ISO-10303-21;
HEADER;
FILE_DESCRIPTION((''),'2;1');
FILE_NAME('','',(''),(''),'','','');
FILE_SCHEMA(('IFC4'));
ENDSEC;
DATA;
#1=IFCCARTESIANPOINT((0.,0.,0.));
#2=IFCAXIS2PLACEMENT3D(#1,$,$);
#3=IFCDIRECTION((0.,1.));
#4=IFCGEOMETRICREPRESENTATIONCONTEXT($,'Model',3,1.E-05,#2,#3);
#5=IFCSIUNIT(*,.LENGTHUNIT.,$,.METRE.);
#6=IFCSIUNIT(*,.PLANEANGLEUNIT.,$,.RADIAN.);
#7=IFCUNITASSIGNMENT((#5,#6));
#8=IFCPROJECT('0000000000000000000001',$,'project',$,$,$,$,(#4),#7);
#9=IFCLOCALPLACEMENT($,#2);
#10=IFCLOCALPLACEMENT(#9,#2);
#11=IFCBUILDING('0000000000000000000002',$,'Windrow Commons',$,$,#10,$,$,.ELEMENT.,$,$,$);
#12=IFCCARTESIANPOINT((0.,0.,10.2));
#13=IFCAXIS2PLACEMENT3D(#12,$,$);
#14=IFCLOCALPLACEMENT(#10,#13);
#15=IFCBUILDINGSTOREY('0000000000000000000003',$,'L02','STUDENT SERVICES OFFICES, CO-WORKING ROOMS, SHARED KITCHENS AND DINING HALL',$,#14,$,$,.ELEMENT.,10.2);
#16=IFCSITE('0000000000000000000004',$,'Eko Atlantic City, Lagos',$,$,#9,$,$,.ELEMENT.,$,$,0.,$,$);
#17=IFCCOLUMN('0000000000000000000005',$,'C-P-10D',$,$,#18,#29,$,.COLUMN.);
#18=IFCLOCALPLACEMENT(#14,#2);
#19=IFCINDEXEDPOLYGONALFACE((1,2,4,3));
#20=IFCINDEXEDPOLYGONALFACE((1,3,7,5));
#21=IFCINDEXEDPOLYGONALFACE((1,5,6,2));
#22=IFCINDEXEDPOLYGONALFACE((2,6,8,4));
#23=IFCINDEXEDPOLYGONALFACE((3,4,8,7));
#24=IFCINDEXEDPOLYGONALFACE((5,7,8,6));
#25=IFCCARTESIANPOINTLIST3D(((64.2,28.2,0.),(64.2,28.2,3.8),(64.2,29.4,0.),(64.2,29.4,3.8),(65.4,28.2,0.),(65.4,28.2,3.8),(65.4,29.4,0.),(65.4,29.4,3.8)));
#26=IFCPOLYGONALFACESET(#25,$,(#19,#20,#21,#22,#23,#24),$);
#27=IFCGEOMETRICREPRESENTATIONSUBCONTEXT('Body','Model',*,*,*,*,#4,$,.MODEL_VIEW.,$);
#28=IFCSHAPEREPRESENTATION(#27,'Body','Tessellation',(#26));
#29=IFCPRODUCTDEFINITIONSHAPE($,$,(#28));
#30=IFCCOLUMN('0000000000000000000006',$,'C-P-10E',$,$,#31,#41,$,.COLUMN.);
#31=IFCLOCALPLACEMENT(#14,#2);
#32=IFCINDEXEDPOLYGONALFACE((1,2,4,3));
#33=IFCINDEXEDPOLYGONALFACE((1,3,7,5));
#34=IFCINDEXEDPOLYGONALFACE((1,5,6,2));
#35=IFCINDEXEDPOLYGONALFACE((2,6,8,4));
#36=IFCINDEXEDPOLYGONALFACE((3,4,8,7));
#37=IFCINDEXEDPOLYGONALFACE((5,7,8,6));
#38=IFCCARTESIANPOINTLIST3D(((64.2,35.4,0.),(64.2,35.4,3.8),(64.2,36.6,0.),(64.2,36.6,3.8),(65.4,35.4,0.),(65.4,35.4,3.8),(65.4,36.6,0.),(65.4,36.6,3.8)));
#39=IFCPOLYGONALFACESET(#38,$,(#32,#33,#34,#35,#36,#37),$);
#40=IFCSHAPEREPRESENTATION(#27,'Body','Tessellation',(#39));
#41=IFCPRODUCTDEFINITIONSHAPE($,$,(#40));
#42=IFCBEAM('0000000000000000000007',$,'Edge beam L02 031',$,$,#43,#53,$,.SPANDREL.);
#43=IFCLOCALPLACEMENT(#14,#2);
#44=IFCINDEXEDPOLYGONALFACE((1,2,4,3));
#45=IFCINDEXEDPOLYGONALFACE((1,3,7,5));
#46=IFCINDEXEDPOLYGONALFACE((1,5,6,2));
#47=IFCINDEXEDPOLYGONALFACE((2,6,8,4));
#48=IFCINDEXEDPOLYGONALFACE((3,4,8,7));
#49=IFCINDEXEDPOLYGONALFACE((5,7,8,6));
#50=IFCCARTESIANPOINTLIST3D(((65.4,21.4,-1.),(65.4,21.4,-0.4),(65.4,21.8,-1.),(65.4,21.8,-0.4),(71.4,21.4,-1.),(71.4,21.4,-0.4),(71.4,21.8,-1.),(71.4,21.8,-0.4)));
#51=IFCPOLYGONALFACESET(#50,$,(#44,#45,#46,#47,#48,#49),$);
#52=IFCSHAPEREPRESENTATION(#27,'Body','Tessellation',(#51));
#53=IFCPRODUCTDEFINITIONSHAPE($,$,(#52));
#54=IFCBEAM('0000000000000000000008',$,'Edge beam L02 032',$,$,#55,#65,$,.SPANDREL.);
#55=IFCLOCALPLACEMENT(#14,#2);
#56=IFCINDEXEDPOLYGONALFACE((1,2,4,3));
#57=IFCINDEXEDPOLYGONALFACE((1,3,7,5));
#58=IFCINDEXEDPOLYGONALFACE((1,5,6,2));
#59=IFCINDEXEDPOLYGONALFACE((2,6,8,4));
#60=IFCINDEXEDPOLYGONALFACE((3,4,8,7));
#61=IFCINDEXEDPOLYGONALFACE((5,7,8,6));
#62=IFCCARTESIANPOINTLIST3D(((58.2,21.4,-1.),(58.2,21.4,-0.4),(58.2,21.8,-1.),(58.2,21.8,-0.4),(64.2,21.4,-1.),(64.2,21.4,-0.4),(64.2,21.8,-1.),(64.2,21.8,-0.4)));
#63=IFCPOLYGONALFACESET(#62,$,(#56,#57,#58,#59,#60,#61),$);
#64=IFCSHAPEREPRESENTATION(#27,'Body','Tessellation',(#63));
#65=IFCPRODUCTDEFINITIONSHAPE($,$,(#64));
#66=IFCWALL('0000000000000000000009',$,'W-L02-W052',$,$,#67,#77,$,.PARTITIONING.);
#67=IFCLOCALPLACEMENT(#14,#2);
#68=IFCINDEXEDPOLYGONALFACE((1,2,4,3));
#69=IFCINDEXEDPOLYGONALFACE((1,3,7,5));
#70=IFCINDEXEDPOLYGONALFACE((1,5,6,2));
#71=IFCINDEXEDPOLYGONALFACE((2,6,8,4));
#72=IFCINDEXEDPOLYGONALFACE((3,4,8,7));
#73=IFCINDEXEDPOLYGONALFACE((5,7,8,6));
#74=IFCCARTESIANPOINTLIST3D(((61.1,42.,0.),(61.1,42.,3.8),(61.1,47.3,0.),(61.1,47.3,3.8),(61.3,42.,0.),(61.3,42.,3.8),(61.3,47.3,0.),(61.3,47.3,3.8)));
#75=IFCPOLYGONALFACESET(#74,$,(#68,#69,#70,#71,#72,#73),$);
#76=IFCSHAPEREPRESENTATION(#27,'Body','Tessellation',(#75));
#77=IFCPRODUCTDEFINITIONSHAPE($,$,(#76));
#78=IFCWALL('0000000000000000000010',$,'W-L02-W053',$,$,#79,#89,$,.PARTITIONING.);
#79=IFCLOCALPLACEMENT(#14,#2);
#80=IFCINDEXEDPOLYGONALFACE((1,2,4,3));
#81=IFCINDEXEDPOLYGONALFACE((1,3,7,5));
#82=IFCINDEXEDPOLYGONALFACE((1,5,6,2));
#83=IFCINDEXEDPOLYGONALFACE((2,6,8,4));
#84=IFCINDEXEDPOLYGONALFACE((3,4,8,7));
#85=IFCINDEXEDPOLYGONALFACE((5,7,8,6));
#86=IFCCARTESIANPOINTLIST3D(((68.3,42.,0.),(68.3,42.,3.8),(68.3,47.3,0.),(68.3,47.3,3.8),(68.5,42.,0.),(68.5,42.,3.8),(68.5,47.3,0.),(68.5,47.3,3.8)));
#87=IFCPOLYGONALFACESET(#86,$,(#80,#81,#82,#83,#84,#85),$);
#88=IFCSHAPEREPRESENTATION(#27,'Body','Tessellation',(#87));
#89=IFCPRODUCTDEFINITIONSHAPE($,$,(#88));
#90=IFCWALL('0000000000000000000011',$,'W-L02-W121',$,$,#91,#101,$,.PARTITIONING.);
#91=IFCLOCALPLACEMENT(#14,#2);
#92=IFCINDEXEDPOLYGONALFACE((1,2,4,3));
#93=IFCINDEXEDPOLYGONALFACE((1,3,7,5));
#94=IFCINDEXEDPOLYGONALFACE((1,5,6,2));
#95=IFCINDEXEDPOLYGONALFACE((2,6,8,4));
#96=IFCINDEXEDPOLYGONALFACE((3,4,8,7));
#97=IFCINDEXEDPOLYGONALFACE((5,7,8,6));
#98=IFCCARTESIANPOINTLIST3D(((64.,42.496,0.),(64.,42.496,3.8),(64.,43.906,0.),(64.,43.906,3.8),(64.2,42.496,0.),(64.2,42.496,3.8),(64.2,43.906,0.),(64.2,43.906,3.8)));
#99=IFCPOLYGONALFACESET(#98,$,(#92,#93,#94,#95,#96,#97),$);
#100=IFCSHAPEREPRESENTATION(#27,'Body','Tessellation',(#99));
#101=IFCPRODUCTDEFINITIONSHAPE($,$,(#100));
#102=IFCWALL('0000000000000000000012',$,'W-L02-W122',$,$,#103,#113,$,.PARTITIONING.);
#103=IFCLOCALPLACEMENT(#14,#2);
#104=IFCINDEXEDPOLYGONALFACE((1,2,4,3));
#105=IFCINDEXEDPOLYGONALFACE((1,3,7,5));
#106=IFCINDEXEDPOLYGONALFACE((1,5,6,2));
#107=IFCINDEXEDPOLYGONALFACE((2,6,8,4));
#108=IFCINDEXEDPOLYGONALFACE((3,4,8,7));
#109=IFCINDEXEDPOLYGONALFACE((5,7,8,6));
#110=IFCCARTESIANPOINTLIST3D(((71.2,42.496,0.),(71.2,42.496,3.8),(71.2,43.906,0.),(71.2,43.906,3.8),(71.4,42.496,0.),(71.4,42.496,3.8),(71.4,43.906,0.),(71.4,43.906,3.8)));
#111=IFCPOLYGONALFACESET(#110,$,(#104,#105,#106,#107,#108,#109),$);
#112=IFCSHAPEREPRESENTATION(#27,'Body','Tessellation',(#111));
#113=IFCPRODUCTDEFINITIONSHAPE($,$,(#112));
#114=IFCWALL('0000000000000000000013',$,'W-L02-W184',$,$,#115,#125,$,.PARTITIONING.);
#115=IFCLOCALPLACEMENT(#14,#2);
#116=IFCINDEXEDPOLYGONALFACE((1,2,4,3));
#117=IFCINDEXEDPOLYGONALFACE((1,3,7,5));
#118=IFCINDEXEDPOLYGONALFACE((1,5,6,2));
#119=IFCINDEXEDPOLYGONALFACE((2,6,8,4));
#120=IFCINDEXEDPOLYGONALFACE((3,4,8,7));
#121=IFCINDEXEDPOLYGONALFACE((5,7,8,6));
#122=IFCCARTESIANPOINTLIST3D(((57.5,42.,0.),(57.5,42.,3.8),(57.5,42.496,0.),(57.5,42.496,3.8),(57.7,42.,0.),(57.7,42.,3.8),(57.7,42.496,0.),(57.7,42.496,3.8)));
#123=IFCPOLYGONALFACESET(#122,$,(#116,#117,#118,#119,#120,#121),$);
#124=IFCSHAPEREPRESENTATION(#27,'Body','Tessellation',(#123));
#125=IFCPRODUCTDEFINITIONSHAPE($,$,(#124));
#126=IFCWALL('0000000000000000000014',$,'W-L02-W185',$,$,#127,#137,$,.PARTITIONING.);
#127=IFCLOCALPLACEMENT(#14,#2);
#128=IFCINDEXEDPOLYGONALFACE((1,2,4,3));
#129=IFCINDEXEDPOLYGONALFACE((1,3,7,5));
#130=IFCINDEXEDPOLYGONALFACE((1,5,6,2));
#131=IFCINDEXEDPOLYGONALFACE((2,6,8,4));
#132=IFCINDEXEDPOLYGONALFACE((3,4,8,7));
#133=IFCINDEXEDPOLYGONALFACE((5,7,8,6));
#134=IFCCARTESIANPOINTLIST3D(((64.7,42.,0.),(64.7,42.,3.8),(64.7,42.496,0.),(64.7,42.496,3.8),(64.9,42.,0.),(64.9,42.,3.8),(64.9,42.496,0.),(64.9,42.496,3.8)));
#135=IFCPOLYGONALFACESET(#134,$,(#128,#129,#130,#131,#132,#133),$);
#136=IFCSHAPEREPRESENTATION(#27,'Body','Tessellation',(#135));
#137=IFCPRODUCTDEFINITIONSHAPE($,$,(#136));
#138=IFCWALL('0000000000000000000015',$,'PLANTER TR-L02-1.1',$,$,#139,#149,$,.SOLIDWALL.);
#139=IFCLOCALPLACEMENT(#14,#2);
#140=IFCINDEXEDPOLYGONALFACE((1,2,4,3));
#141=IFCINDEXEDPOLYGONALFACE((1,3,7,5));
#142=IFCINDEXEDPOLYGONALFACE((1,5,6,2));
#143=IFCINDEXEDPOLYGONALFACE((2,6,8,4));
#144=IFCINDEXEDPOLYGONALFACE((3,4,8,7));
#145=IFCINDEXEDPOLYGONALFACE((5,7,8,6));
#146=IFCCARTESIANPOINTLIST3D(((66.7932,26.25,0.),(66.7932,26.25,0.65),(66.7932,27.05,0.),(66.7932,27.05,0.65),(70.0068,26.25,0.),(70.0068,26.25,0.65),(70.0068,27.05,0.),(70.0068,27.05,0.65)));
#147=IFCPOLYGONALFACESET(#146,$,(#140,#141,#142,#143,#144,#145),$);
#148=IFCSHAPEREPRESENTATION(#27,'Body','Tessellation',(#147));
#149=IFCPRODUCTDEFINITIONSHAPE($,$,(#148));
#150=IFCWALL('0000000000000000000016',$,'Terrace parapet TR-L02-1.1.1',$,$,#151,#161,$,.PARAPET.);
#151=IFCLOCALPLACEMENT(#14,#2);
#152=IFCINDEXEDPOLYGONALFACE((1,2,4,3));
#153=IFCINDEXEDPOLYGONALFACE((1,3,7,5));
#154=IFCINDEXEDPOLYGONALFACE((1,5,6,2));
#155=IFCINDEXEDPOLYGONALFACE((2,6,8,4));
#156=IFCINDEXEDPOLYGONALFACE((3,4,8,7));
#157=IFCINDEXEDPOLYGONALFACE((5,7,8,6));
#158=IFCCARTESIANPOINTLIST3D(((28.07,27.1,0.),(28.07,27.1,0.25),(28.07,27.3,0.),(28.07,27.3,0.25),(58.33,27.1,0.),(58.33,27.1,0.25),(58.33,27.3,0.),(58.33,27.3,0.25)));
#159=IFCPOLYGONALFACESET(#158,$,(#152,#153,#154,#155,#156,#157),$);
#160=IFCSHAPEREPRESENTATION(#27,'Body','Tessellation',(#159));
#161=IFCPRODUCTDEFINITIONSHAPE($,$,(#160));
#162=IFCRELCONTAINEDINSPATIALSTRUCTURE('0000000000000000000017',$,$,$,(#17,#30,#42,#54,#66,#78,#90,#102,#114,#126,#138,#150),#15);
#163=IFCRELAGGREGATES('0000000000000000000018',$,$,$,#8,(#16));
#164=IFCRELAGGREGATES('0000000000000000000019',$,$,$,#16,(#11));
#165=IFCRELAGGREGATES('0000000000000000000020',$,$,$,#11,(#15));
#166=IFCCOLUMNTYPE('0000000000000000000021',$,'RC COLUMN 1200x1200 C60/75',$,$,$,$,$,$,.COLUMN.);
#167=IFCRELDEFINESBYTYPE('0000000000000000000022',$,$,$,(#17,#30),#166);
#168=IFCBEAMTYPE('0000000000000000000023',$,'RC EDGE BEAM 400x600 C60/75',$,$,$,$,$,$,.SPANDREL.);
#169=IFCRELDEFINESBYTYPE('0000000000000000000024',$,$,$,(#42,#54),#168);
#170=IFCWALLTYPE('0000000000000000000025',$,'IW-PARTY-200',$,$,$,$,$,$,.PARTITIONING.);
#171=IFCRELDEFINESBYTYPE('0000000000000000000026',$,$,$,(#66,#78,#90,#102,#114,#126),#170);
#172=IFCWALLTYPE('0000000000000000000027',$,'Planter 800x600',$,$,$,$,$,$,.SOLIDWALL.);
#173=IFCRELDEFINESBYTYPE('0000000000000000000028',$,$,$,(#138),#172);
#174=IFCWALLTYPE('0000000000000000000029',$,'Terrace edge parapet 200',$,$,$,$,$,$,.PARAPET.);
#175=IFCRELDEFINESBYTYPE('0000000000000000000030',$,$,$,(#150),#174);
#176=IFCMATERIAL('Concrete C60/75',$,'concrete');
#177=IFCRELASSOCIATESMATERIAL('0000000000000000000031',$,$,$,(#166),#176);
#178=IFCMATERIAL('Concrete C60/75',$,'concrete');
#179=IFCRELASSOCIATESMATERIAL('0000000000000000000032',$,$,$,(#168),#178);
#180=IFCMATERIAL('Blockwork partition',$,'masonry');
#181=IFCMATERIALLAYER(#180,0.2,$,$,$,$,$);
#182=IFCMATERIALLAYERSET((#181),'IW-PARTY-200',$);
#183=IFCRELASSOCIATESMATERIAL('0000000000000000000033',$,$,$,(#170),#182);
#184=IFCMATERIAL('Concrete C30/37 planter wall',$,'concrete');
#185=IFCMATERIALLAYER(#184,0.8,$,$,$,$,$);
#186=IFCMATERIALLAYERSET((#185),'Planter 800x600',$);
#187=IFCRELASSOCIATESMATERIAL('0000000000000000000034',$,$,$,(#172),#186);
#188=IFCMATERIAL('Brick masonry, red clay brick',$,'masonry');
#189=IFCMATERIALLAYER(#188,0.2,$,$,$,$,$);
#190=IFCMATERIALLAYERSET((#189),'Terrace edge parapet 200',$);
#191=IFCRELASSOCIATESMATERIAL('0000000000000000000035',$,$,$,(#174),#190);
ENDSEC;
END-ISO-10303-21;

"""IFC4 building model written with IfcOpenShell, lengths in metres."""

from ifc_helpers import new_model, si_unit, direction, frame, frame_2d, origin, origin_2d, place, context, subcontext, project, spatial, polyline, rectangle, outline, extrude, material, layer, layer_set, material_profile, profile_set, type_object, element, save


model = new_model("IFC4")

# Units and contexts
model_context = context("Model", 3, precision=1e-05, world=origin(), true_north=direction((0.0, 1.0)))
body_context = subcontext(model_context, "Body", "Model", "MODEL_VIEW")
ifc_project = project(units=[si_unit("LENGTHUNIT", "METRE"), si_unit("PLANEANGLEUNIT", "RADIAN")], contexts=[model_context])

# Site, building, storey
site_placement = place(None, origin())
site = spatial("IfcSite", under=ifc_project, at=site_placement, Name="Eko Atlantic City, Lagos", CompositionType="ELEMENT", RefElevation=0.0)
building_placement = place(site_placement, origin())
building = spatial("IfcBuilding", under=site, at=building_placement, Name="Windrow Commons", CompositionType="ELEMENT")
storey_placement = place(building_placement, frame((0.0, 0.0, 10.2)))
storey = spatial("IfcBuildingStorey", under=building, at=storey_placement, Name="L02", Description="STUDENT SERVICES OFFICES, CO-WORKING ROOMS, SHARED KITCHENS AND DINING HALL", CompositionType="ELEMENT", Elevation=10.2)

# Columns
ifc_material_1 = material(Name="Concrete C60/75", Category="concrete")
ifc_material_profile_1 = material_profile(ifc_material_1, rectangle(XDim=1.2, YDim=1.2, at=origin_2d()))
ifc_profile_set_1 = profile_set([ifc_material_profile_1], Name="Concrete C60/75")
column_type = type_object("IfcColumnType", Name="RC COLUMN 1200x1200 C60/75", PredefinedType="COLUMN", material=ifc_profile_set_1)
for number, where, z_axis, x_axis, name in (
    (1, (64.8, 28.8, 0.0), (0.0, 0.0, 1.0), (1.0, 0.0, 0.0), "C-P-10D"),
    (2, (64.8, 36.0, 0.0), (0.0, 0.0, 1.0), (1.0, 0.0, 0.0), "C-P-10E"),
):
    element("IfcColumn", number, at=place(storey_placement, frame(where, z_axis=z_axis, x_axis=x_axis)), inside=storey, type_object=column_type, Name=name, PredefinedType="COLUMN", context=body_context, shape_type="SweptSolid", body=[
        extrude(rectangle(XDim=1.2, YDim=1.2, at=origin_2d()), origin(), (0.0, 0.0, 1.0), 3.8),
    ])

# Beams
ifc_material_2 = material(Name="Concrete C60/75", Category="concrete")
ifc_material_profile_2 = material_profile(ifc_material_2, rectangle(XDim=0.4, YDim=0.6, at=origin_2d()))
ifc_profile_set_2 = profile_set([ifc_material_profile_2], Name="Concrete C60/75")
beam_type = type_object("IfcBeamType", Name="RC EDGE BEAM 400x600 C60/75", PredefinedType="SPANDREL", material=ifc_profile_set_2)
for number, where, z_axis, x_axis, name in (
    (3, (71.4, 21.6, -0.7), (-1.0, 0.0, 0.0), (0.0, -1.0, 0.0), "Edge beam L02 031"),
    (4, (64.2, 21.6, -0.7), (-1.0, 0.0, 0.0), (0.0, -1.0, 0.0), "Edge beam L02 032"),
):
    element("IfcBeam", number, at=place(storey_placement, frame(where, z_axis=z_axis, x_axis=x_axis)), inside=storey, type_object=beam_type, Name=name, PredefinedType="SPANDREL", context=body_context, shape_type="SweptSolid", body=[
        extrude(rectangle(XDim=0.4, YDim=0.6, at=origin_2d()), origin(), (0.0, 0.0, 1.0), 6.0),
    ])

# Walls
ifc_material_3 = material(Name="Blockwork partition", Category="masonry")
ifc_layer_1 = layer(ifc_material_3, 0.2)
ifc_layer_set_1 = layer_set([ifc_layer_1], Name="IW-PARTY-200")
wall_type_1 = type_object("IfcWallType", Name="IW-PARTY-200", PredefinedType="PARTITIONING", material=ifc_layer_set_1)
for number, where, z_axis, x_axis, name in (
    (5, (61.2, 42.0, 0.0), (0.0, 0.0, 1.0), (0.0, 1.0, 0.0), "W-L02-W052"),
    (6, (68.4, 42.0, 0.0), (0.0, 0.0, 1.0), (0.0, 1.0, 0.0), "W-L02-W053"),
):
    element("IfcWall", number, at=place(storey_placement, frame(where, z_axis=z_axis, x_axis=x_axis)), inside=storey, type_object=wall_type_1, Name=name, PredefinedType="PARTITIONING", context=body_context, shape_type="SweptSolid", body=[
        extrude(rectangle(XDim=5.3, YDim=0.2, at=frame_2d((2.65, 0.0))), origin(), (0.0, 0.0, 1.0), 3.8),
    ])
for number, where, z_axis, x_axis, name in (
    (7, (64.1, 42.496, 0.0), (0.0, 0.0, 1.0), (0.0, 1.0, 0.0), "W-L02-W121"),
    (8, (71.3, 42.496, 0.0), (0.0, 0.0, 1.0), (0.0, 1.0, 0.0), "W-L02-W122"),
):
    element("IfcWall", number, at=place(storey_placement, frame(where, z_axis=z_axis, x_axis=x_axis)), inside=storey, type_object=wall_type_1, Name=name, PredefinedType="PARTITIONING", context=body_context, shape_type="SweptSolid", body=[
        extrude(rectangle(XDim=1.41, YDim=0.2, at=frame_2d((0.705, 0.0))), origin(), (0.0, 0.0, 1.0), 3.8),
    ])
for number, where, z_axis, x_axis, name in (
    (9, (57.6, 42.0, 0.0), (0.0, 0.0, 1.0), (0.0, 1.0, 0.0), "W-L02-W184"),
    (10, (64.8, 42.0, 0.0), (0.0, 0.0, 1.0), (0.0, 1.0, 0.0), "W-L02-W185"),
):
    element("IfcWall", number, at=place(storey_placement, frame(where, z_axis=z_axis, x_axis=x_axis)), inside=storey, type_object=wall_type_1, Name=name, PredefinedType="PARTITIONING", context=body_context, shape_type="SweptSolid", body=[
        extrude(rectangle(XDim=0.496, YDim=0.2, at=frame_2d((0.248, 0.0))), origin(), (0.0, 0.0, 1.0), 3.8),
    ])
ifc_material_4 = material(Name="Concrete C30/37 planter wall", Category="concrete")
ifc_layer_2 = layer(ifc_material_4, 0.8)
ifc_layer_set_2 = layer_set([ifc_layer_2], Name="Planter 800x600")
wall_type_2 = type_object("IfcWallType", Name="Planter 800x600", PredefinedType="SOLIDWALL", material=ifc_layer_set_2)
wall_1_placement = place(storey_placement, frame((70.0068, 26.65, 0.0), z_axis=(0.0, 0.0, 1.0), x_axis=(-1.0, 0.0, 0.0)))
element("IfcWall", 11, at=wall_1_placement, inside=storey, type_object=wall_type_2, Name="PLANTER TR-L02-1.1", PredefinedType="SOLIDWALL", context=body_context, shape_type="SweptSolid", body=[
    extrude(outline(polyline([(0.0, -0.4), (3.2136, -0.4), (3.2136, 0.4), (0.0, 0.4), (0.0, -0.4)])), origin(), (0.0, 0.0, 1.0), 0.65),
])
ifc_material_5 = material(Name="Brick masonry, red clay brick", Category="masonry")
ifc_layer_3 = layer(ifc_material_5, 0.2)
ifc_layer_set_3 = layer_set([ifc_layer_3], Name="Terrace edge parapet 200")
wall_type_3 = type_object("IfcWallType", Name="Terrace edge parapet 200", PredefinedType="PARAPET", material=ifc_layer_set_3)
wall_2_placement = place(storey_placement, frame((58.33, 27.2, 0.0), z_axis=(0.0, 0.0, 1.0), x_axis=(-1.0, 0.0, 0.0)))
element("IfcWall", 12, at=wall_2_placement, inside=storey, type_object=wall_type_3, Name="Terrace parapet TR-L02-1.1.1", PredefinedType="PARAPET", context=body_context, shape_type="SweptSolid", body=[
    extrude(outline(polyline([(0.0, -0.1), (30.26, -0.1), (30.26, 0.1), (0.0, 0.1), (0.0, -0.1)])), origin(), (0.0, 0.0, 1.0), 0.25),
])

save(model, "model.ifc")
